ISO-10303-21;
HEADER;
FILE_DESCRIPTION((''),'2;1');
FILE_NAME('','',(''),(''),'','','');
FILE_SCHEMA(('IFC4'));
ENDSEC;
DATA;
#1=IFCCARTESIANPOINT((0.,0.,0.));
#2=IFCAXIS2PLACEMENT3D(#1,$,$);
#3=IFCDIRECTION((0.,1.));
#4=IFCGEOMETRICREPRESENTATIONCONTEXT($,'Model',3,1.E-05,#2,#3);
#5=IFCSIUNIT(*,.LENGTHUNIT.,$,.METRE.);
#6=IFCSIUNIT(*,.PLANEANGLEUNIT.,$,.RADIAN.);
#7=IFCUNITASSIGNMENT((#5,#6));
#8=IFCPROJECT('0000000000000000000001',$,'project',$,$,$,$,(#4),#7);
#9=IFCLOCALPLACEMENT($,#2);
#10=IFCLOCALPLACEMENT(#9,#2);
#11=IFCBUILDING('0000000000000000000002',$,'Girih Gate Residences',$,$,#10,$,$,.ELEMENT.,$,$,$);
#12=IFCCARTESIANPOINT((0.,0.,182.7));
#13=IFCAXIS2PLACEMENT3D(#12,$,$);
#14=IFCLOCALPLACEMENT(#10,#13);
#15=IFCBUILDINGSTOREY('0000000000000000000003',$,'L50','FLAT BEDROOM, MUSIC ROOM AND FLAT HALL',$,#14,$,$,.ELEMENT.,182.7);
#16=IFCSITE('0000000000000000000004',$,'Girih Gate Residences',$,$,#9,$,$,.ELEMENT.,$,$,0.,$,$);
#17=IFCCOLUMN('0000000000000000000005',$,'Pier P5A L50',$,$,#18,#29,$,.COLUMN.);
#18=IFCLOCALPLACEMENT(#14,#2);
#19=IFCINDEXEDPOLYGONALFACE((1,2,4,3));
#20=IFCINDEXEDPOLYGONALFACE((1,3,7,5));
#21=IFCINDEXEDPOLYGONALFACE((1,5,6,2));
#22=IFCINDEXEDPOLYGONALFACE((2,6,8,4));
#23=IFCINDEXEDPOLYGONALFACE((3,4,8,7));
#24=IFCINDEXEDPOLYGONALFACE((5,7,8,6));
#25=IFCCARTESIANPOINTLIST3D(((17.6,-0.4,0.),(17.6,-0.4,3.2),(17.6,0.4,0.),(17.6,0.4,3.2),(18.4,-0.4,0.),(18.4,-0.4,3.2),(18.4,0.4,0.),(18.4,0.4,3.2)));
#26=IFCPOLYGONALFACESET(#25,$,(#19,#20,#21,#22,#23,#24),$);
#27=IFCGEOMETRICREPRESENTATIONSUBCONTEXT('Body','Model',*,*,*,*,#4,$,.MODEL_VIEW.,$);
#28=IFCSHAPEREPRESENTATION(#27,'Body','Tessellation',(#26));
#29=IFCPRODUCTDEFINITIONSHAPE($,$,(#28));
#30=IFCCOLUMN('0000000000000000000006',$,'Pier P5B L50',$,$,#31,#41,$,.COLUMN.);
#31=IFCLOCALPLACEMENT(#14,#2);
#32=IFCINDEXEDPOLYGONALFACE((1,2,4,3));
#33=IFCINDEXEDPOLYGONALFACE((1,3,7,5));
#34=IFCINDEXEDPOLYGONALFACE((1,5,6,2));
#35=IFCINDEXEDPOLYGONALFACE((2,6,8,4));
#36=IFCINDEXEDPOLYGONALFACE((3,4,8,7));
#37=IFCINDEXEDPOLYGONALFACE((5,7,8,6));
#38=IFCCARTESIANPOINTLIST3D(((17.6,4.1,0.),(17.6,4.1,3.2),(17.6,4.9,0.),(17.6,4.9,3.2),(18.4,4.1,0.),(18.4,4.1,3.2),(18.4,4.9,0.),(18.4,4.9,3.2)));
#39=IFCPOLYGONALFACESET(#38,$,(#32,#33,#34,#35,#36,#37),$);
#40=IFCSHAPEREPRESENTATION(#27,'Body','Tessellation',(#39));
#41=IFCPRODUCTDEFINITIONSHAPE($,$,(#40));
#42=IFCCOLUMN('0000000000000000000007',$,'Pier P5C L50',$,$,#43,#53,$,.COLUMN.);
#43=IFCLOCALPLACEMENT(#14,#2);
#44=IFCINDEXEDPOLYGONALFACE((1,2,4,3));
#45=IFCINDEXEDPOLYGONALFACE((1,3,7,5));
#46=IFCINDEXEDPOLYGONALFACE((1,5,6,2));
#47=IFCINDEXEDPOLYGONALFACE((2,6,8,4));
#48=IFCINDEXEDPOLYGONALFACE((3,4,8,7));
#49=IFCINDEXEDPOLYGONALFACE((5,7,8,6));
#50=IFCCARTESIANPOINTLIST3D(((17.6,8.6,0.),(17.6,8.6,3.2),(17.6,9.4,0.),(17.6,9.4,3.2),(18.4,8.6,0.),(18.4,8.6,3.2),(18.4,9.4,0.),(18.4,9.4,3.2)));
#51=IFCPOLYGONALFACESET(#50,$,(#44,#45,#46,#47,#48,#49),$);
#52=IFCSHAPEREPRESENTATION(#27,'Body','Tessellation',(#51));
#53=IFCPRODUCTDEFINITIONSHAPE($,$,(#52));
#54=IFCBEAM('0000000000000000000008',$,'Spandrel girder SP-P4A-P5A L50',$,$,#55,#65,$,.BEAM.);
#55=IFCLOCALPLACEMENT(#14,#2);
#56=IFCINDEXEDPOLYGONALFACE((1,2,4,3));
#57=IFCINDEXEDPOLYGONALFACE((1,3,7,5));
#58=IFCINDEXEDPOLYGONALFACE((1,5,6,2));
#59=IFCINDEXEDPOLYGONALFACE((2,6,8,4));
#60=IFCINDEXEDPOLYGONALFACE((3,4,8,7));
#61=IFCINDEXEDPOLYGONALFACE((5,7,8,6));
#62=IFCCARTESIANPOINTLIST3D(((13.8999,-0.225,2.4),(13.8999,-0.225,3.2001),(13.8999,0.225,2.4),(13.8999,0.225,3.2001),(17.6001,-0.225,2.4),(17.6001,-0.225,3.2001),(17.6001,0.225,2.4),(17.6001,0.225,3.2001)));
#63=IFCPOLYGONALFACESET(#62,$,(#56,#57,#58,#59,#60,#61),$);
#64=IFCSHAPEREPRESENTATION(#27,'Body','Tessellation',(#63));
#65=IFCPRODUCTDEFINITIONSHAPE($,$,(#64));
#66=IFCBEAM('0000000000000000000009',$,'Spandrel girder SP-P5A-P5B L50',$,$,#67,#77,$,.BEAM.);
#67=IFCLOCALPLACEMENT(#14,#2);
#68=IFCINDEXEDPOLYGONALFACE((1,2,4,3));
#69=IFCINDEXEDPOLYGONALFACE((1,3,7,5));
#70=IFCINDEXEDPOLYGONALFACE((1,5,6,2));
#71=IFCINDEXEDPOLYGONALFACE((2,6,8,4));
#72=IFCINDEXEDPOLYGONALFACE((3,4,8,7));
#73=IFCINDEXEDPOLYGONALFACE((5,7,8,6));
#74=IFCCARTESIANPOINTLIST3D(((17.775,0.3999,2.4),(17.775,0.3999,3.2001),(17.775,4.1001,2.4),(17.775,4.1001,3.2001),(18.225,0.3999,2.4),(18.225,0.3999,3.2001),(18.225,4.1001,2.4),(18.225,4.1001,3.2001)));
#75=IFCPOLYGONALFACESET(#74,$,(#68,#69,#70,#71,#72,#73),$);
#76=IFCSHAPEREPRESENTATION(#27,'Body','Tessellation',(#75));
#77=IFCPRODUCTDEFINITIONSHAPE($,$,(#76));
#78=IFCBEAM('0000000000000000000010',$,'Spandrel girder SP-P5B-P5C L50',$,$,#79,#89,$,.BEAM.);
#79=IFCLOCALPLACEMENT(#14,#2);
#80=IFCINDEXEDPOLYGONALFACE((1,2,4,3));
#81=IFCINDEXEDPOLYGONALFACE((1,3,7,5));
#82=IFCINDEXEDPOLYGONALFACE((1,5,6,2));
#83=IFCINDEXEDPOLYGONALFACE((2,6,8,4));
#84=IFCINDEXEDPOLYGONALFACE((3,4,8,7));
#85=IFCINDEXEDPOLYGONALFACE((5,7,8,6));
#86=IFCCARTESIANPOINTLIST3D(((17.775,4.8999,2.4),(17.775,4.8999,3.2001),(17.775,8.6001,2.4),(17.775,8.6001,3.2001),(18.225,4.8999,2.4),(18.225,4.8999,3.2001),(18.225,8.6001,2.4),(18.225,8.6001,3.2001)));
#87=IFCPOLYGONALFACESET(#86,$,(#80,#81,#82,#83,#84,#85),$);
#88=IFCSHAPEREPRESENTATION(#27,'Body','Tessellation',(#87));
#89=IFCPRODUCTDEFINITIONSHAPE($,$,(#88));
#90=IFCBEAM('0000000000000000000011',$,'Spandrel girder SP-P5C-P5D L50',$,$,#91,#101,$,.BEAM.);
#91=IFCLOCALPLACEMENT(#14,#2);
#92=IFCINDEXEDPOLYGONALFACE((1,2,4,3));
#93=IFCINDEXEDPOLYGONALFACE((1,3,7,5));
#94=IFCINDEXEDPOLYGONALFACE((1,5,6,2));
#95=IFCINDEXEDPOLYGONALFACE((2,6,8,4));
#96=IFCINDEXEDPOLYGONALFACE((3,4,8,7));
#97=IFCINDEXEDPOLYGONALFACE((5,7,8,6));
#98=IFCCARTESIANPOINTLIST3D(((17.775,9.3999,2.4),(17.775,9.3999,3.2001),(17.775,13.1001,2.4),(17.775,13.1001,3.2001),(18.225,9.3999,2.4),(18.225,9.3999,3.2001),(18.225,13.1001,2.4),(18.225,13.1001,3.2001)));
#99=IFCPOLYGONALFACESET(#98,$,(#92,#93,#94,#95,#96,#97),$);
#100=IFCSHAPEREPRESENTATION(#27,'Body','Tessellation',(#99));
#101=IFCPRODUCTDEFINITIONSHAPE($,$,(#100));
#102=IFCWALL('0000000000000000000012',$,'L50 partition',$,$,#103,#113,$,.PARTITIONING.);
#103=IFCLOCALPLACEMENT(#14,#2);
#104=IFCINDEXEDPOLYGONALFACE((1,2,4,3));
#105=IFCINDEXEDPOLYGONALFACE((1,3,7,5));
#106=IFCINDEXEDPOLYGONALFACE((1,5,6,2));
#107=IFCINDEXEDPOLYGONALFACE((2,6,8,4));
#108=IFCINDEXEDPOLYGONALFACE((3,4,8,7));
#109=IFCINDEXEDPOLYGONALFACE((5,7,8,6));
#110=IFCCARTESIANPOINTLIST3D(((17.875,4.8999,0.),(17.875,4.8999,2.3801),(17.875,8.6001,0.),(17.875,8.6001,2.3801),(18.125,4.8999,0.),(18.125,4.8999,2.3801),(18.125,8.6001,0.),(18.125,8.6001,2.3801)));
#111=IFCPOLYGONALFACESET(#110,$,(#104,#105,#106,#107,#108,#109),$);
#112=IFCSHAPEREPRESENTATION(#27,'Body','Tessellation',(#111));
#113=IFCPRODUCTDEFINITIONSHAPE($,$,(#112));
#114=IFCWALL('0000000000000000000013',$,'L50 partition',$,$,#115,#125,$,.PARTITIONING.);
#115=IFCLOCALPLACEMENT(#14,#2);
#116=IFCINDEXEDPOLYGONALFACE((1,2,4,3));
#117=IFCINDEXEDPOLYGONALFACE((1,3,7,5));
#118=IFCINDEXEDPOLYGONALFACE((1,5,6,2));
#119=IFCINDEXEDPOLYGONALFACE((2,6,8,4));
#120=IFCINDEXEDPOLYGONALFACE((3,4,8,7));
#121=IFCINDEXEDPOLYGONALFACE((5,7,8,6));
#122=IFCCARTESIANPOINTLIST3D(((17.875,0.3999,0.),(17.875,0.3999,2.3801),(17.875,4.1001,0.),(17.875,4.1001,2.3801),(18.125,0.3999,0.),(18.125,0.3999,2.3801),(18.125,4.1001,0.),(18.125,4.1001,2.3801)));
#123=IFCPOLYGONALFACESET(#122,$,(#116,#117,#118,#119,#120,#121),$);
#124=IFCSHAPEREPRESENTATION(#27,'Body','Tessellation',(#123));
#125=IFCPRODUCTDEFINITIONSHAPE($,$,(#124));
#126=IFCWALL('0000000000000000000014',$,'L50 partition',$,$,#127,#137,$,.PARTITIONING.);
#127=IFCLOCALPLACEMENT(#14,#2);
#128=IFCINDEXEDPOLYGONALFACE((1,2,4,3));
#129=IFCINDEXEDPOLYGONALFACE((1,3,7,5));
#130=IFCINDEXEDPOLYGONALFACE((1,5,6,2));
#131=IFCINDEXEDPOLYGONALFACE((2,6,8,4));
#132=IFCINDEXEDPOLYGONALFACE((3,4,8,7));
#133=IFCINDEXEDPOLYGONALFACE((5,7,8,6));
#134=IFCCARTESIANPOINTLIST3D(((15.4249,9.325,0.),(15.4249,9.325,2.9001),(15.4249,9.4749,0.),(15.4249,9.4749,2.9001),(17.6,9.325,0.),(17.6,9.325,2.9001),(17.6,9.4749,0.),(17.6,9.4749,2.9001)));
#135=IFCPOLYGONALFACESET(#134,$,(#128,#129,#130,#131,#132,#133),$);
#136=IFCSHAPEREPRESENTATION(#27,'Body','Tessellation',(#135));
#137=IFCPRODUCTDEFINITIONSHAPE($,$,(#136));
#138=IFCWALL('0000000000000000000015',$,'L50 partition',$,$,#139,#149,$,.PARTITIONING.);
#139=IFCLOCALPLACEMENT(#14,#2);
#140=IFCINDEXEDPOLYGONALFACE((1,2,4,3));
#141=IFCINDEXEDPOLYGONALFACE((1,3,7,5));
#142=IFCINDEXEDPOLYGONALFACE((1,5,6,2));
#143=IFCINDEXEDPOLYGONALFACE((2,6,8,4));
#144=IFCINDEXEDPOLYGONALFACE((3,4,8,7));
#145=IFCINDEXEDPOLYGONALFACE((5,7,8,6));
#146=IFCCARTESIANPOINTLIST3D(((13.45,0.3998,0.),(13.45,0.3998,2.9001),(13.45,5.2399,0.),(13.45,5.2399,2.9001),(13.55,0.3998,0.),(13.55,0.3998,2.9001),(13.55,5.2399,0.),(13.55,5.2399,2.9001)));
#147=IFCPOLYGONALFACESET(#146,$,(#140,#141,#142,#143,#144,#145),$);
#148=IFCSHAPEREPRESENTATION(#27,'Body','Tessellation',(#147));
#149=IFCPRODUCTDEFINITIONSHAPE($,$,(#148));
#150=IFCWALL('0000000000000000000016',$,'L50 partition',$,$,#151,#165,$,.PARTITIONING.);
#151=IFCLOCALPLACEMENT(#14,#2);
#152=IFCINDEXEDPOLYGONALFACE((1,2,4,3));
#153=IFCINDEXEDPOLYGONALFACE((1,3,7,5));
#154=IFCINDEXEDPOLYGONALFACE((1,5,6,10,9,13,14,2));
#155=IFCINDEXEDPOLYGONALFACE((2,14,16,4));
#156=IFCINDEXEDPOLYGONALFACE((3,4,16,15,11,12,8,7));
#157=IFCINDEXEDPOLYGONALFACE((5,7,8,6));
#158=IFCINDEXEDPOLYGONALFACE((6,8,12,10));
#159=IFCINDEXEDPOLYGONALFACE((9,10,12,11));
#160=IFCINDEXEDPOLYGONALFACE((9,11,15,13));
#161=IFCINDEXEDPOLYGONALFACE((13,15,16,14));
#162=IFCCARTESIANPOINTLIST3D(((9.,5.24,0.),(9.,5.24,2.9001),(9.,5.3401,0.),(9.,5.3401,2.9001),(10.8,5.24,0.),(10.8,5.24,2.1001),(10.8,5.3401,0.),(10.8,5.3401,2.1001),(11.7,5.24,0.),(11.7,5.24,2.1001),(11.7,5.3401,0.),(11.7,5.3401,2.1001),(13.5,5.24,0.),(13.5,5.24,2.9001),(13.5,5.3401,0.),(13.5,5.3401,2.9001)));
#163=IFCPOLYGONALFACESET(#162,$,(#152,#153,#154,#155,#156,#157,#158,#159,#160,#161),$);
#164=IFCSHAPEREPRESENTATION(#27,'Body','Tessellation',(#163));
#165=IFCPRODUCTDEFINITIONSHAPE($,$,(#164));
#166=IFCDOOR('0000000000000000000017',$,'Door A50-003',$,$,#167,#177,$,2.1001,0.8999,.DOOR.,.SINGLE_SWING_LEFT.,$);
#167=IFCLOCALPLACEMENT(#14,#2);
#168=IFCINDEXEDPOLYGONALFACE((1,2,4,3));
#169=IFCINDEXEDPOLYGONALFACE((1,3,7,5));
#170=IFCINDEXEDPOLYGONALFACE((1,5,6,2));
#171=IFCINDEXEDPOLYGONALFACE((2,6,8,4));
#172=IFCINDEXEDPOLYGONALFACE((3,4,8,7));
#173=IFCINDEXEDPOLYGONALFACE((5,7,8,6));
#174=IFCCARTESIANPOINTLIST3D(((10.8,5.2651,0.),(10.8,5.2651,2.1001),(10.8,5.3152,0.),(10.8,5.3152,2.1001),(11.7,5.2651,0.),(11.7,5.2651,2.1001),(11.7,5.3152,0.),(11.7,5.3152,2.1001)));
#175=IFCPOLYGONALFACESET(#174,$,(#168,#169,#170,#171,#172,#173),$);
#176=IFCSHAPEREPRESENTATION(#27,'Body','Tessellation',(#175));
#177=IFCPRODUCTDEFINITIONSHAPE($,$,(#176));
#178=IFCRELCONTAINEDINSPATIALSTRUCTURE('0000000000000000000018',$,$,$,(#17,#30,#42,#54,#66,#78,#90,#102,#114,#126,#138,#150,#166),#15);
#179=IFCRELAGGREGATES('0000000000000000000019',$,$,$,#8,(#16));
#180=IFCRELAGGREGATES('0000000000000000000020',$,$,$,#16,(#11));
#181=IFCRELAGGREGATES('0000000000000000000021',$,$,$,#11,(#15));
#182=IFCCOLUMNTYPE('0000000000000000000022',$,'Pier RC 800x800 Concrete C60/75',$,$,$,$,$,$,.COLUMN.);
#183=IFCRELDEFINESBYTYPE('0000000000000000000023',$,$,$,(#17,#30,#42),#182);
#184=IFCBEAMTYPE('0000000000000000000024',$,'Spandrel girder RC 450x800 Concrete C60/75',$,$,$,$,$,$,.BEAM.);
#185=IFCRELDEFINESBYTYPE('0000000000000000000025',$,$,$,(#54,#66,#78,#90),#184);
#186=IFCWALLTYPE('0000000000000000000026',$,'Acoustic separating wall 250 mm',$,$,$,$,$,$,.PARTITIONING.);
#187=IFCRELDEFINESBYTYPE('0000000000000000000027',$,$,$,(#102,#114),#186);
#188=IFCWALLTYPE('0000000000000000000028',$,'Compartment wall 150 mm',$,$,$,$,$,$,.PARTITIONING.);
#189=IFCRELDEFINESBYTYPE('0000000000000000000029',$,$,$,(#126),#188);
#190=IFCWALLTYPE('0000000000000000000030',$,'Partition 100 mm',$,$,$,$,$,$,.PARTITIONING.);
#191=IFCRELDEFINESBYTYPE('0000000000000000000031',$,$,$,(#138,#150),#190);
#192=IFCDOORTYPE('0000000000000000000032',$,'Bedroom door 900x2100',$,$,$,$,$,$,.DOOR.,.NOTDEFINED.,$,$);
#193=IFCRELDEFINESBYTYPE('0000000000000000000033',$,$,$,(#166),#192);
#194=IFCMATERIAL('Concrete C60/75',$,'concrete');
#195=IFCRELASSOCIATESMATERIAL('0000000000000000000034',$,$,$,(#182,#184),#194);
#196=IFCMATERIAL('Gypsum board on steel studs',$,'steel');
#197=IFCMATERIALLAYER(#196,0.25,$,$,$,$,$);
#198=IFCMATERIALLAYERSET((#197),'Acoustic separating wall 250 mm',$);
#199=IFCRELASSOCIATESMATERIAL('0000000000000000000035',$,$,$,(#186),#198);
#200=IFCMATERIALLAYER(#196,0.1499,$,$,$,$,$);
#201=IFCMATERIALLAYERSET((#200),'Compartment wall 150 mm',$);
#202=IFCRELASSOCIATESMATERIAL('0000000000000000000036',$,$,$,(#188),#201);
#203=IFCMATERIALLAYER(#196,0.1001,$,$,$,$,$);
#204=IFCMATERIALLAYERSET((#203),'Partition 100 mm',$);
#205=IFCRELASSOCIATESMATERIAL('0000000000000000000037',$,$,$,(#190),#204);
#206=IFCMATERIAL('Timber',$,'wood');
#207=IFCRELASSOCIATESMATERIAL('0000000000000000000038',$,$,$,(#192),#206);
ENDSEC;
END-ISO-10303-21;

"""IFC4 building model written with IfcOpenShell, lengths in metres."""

from ifc_helpers import new_model, si_unit, direction, frame, frame_2d, origin, origin_2d, place, context, subcontext, project, spatial, rectangle, extrude, material, layer, layer_set, material_profile, profile_set, type_object, element, fill, save


model = new_model("IFC4")

# Units and contexts
model_context = context("Model", 3, precision=1e-05, world=origin(), true_north=direction((0.0, 1.0)))
body_context = subcontext(model_context, "Body", "Model", "MODEL_VIEW")
ifc_project = project(units=[si_unit("LENGTHUNIT", "METRE"), si_unit("PLANEANGLEUNIT", "RADIAN")], contexts=[model_context])

# Site, building, storey
site_placement = place(None, origin())
site = spatial("IfcSite", under=ifc_project, at=site_placement, Name="Girih Gate Residences", CompositionType="ELEMENT", RefElevation=0.0)
building_placement = place(site_placement, origin())
building = spatial("IfcBuilding", under=site, at=building_placement, Name="Girih Gate Residences", CompositionType="ELEMENT")
storey_placement = place(building_placement, frame((0.0, 0.0, 182.7)))
storey = spatial("IfcBuildingStorey", under=building, at=storey_placement, Name="L50", Description="FLAT BEDROOM, MUSIC ROOM AND FLAT HALL", CompositionType="ELEMENT", Elevation=182.7)

# Columns
ifc_material_1 = material(Name="Concrete C60/75", Category="concrete")
ifc_material_profile_1 = material_profile(ifc_material_1, rectangle(XDim=0.8, YDim=0.8, at=origin_2d()))
ifc_profile_set_1 = profile_set([ifc_material_profile_1], Name="Concrete C60/75")
column_type = type_object("IfcColumnType", Name="Pier RC 800x800 Concrete C60/75", PredefinedType="COLUMN", material=ifc_profile_set_1)
for number, where, z_axis, x_axis, name in (
    (1, (18.0, 0.0, 0.0), (0.0, 0.0, 1.0), (1.0, 0.0, 0.0), "Pier P5A L50"),
    (2, (18.0, 4.5, 0.0), (0.0, 0.0, 1.0), (1.0, 0.0, 0.0), "Pier P5B L50"),
    (3, (18.0, 9.0, 0.0), (0.0, 0.0, 1.0), (1.0, 0.0, 0.0), "Pier P5C L50"),
):
    element("IfcColumn", number, at=place(storey_placement, frame(where, z_axis=z_axis, x_axis=x_axis)), inside=storey, type_object=column_type, Name=name, PredefinedType="COLUMN", context=body_context, shape_type="SweptSolid", body=[
        extrude(rectangle(XDim=0.8, YDim=0.8, at=origin_2d()), origin(), (0.0, 0.0, 1.0), 3.2),
    ])

# Beams
ifc_material_profile_2 = material_profile(ifc_material_1, rectangle(XDim=0.45, YDim=0.8, at=origin_2d()))
ifc_profile_set_2 = profile_set([ifc_material_profile_2], Name="Concrete C60/75")
beam_type = type_object("IfcBeamType", Name="Spandrel girder RC 450x800 Concrete C60/75", PredefinedType="BEAM", material=ifc_profile_set_2)
for number, where, z_axis, x_axis, name in (
    (4, (13.8999, 0.0, 2.8), (1.0, 0.0, 0.0), (0.0, 1.0, 0.0), "Spandrel girder SP-P4A-P5A L50"),
    (5, (18.0, 0.3999, 2.8), (0.0, 1.0, 0.0), (-1.0, 0.0, 0.0), "Spandrel girder SP-P5A-P5B L50"),
    (6, (18.0, 4.8999, 2.8), (0.0, 1.0, 0.0), (-1.0, 0.0, 0.0), "Spandrel girder SP-P5B-P5C L50"),
    (7, (18.0, 9.3999, 2.8), (0.0, 1.0, 0.0), (-1.0, 0.0, 0.0), "Spandrel girder SP-P5C-P5D L50"),
):
    element("IfcBeam", number, at=place(storey_placement, frame(where, z_axis=z_axis, x_axis=x_axis)), inside=storey, type_object=beam_type, Name=name, PredefinedType="BEAM", context=body_context, shape_type="SweptSolid", body=[
        extrude(rectangle(XDim=0.45, YDim=0.8, at=origin_2d()), origin(), (0.0, 0.0, 1.0), 3.7002),
    ])

# Walls
ifc_material_2 = material(Name="Gypsum board on steel studs", Category="steel")
ifc_layer_1 = layer(ifc_material_2, 0.25)
ifc_layer_set_1 = layer_set([ifc_layer_1], Name="Acoustic separating wall 250 mm")
wall_type_1 = type_object("IfcWallType", Name="Acoustic separating wall 250 mm", PredefinedType="PARTITIONING", material=ifc_layer_set_1)
for number, where, z_axis, x_axis, name in (
    (8, (18.0, 4.8999, 0.0), (0.0, 0.0, 1.0), (0.0, 1.0, 0.0), "L50 partition"),
    (9, (18.0, 0.3999, 0.0), (0.0, 0.0, 1.0), (0.0, 1.0, 0.0), "L50 partition"),
):
    element("IfcWall", number, at=place(storey_placement, frame(where, z_axis=z_axis, x_axis=x_axis)), inside=storey, type_object=wall_type_1, Name=name, PredefinedType="PARTITIONING", context=body_context, shape_type="SweptSolid", body=[
        extrude(rectangle(XDim=3.7002, YDim=0.25, at=frame_2d((1.8501, 0.0))), origin(), (0.0, 0.0, 1.0), 2.3801),
    ])

# Shared definitions
ifc_layer_2 = layer(ifc_material_2, 0.1499)
ifc_layer_set_2 = layer_set([ifc_layer_2], Name="Compartment wall 150 mm")
wall_type_2 = type_object("IfcWallType", Name="Compartment wall 150 mm", PredefinedType="PARTITIONING", material=ifc_layer_set_2)

# Walls
wall_1_placement = place(storey_placement, frame((15.425, 9.3999, 0.0), z_axis=(0.0, 0.0, 1.0), x_axis=(1.0, 0.0, 0.0)))
element("IfcWall", 10, at=wall_1_placement, inside=storey, type_object=wall_type_2, Name="L50 partition", PredefinedType="PARTITIONING", context=body_context, shape_type="SweptSolid", body=[
    extrude(rectangle(XDim=2.175, YDim=0.1499, at=frame_2d((1.0874, 0.0))), origin(), (0.0, 0.0, 1.0), 2.9001),
])
ifc_layer_3 = layer(ifc_material_2, 0.1001)
ifc_layer_set_3 = layer_set([ifc_layer_3], Name="Partition 100 mm")
wall_type_3 = type_object("IfcWallType", Name="Partition 100 mm", PredefinedType="PARTITIONING", material=ifc_layer_set_3)
wall_2_placement = place(storey_placement, frame((13.5, 0.3999, 0.0), z_axis=(0.0, 0.0, 1.0), x_axis=(0.0, 1.0, 0.0)))
element("IfcWall", 11, at=wall_2_placement, inside=storey, type_object=wall_type_3, Name="L50 partition", PredefinedType="PARTITIONING", context=body_context, shape_type="SweptSolid", body=[
    extrude(rectangle(XDim=4.8401, YDim=0.1001, at=frame_2d((2.4199, 0.0))), origin(), (0.0, 0.0, 1.0), 2.9001),
])

# Wall, opening, door
wall_3_placement = place(storey_placement, frame((13.5, 5.29, 0.0), z_axis=(0.0, 0.0, 1.0), x_axis=(-1.0, 0.0, 0.0)))
wall_3 = element("IfcWall", 12, at=wall_3_placement, inside=storey, type_object=wall_type_3, Name="L50 partition", PredefinedType="PARTITIONING", context=body_context, shape_type="SweptSolid", body=[
    extrude(rectangle(XDim=4.5, YDim=0.1001, at=frame_2d((2.25, 0.0))), origin(), (0.0, 0.0, 1.0), 2.9001),
])
opening_1_placement = place(wall_3_placement, frame((1.8, 0.0, 0.0)))
opening_1 = element("IfcOpeningElement", 13, at=opening_1_placement, cuts=wall_3, PredefinedType="OPENING", context=body_context, shape_type="SweptSolid", body=[
    extrude(rectangle(XDim=0.8999, YDim=2.1001, at=frame_2d((0.45, 1.05))), frame((0.0, 0.0601, 0.0), z_axis=(0.0, -1.0, 0.0), x_axis=(1.0, 0.0, 0.0)), (0.0, 0.0, 1.0), 0.1201),
])
ifc_material_3 = material(Name="Timber", Category="wood")
door_type_1 = type_object("IfcDoorType", Name="Bedroom door 900x2100", OperationType="NOTDEFINED", PredefinedType="DOOR", material=ifc_material_3)
door_1_placement = place(opening_1_placement, origin())
door_1 = element("IfcDoor", 14, at=door_1_placement, inside=storey, type_object=door_type_1, Name="Door A50-003", OperationType="SINGLE_SWING_LEFT", OverallHeight=2.1001, OverallWidth=0.8999, PredefinedType="DOOR", context=body_context, shape_type="SweptSolid", body=[
    extrude(rectangle(XDim=0.8999, YDim=2.1001, at=frame_2d((0.45, 1.05))), frame((0.0, 0.0249, 0.0), z_axis=(0.0, -1.0, 0.0), x_axis=(1.0, 0.0, 0.0)), (0.0, 0.0, 1.0), 0.05),
])
fill(opening_1, door_1)

save(model, "model.ifc")
